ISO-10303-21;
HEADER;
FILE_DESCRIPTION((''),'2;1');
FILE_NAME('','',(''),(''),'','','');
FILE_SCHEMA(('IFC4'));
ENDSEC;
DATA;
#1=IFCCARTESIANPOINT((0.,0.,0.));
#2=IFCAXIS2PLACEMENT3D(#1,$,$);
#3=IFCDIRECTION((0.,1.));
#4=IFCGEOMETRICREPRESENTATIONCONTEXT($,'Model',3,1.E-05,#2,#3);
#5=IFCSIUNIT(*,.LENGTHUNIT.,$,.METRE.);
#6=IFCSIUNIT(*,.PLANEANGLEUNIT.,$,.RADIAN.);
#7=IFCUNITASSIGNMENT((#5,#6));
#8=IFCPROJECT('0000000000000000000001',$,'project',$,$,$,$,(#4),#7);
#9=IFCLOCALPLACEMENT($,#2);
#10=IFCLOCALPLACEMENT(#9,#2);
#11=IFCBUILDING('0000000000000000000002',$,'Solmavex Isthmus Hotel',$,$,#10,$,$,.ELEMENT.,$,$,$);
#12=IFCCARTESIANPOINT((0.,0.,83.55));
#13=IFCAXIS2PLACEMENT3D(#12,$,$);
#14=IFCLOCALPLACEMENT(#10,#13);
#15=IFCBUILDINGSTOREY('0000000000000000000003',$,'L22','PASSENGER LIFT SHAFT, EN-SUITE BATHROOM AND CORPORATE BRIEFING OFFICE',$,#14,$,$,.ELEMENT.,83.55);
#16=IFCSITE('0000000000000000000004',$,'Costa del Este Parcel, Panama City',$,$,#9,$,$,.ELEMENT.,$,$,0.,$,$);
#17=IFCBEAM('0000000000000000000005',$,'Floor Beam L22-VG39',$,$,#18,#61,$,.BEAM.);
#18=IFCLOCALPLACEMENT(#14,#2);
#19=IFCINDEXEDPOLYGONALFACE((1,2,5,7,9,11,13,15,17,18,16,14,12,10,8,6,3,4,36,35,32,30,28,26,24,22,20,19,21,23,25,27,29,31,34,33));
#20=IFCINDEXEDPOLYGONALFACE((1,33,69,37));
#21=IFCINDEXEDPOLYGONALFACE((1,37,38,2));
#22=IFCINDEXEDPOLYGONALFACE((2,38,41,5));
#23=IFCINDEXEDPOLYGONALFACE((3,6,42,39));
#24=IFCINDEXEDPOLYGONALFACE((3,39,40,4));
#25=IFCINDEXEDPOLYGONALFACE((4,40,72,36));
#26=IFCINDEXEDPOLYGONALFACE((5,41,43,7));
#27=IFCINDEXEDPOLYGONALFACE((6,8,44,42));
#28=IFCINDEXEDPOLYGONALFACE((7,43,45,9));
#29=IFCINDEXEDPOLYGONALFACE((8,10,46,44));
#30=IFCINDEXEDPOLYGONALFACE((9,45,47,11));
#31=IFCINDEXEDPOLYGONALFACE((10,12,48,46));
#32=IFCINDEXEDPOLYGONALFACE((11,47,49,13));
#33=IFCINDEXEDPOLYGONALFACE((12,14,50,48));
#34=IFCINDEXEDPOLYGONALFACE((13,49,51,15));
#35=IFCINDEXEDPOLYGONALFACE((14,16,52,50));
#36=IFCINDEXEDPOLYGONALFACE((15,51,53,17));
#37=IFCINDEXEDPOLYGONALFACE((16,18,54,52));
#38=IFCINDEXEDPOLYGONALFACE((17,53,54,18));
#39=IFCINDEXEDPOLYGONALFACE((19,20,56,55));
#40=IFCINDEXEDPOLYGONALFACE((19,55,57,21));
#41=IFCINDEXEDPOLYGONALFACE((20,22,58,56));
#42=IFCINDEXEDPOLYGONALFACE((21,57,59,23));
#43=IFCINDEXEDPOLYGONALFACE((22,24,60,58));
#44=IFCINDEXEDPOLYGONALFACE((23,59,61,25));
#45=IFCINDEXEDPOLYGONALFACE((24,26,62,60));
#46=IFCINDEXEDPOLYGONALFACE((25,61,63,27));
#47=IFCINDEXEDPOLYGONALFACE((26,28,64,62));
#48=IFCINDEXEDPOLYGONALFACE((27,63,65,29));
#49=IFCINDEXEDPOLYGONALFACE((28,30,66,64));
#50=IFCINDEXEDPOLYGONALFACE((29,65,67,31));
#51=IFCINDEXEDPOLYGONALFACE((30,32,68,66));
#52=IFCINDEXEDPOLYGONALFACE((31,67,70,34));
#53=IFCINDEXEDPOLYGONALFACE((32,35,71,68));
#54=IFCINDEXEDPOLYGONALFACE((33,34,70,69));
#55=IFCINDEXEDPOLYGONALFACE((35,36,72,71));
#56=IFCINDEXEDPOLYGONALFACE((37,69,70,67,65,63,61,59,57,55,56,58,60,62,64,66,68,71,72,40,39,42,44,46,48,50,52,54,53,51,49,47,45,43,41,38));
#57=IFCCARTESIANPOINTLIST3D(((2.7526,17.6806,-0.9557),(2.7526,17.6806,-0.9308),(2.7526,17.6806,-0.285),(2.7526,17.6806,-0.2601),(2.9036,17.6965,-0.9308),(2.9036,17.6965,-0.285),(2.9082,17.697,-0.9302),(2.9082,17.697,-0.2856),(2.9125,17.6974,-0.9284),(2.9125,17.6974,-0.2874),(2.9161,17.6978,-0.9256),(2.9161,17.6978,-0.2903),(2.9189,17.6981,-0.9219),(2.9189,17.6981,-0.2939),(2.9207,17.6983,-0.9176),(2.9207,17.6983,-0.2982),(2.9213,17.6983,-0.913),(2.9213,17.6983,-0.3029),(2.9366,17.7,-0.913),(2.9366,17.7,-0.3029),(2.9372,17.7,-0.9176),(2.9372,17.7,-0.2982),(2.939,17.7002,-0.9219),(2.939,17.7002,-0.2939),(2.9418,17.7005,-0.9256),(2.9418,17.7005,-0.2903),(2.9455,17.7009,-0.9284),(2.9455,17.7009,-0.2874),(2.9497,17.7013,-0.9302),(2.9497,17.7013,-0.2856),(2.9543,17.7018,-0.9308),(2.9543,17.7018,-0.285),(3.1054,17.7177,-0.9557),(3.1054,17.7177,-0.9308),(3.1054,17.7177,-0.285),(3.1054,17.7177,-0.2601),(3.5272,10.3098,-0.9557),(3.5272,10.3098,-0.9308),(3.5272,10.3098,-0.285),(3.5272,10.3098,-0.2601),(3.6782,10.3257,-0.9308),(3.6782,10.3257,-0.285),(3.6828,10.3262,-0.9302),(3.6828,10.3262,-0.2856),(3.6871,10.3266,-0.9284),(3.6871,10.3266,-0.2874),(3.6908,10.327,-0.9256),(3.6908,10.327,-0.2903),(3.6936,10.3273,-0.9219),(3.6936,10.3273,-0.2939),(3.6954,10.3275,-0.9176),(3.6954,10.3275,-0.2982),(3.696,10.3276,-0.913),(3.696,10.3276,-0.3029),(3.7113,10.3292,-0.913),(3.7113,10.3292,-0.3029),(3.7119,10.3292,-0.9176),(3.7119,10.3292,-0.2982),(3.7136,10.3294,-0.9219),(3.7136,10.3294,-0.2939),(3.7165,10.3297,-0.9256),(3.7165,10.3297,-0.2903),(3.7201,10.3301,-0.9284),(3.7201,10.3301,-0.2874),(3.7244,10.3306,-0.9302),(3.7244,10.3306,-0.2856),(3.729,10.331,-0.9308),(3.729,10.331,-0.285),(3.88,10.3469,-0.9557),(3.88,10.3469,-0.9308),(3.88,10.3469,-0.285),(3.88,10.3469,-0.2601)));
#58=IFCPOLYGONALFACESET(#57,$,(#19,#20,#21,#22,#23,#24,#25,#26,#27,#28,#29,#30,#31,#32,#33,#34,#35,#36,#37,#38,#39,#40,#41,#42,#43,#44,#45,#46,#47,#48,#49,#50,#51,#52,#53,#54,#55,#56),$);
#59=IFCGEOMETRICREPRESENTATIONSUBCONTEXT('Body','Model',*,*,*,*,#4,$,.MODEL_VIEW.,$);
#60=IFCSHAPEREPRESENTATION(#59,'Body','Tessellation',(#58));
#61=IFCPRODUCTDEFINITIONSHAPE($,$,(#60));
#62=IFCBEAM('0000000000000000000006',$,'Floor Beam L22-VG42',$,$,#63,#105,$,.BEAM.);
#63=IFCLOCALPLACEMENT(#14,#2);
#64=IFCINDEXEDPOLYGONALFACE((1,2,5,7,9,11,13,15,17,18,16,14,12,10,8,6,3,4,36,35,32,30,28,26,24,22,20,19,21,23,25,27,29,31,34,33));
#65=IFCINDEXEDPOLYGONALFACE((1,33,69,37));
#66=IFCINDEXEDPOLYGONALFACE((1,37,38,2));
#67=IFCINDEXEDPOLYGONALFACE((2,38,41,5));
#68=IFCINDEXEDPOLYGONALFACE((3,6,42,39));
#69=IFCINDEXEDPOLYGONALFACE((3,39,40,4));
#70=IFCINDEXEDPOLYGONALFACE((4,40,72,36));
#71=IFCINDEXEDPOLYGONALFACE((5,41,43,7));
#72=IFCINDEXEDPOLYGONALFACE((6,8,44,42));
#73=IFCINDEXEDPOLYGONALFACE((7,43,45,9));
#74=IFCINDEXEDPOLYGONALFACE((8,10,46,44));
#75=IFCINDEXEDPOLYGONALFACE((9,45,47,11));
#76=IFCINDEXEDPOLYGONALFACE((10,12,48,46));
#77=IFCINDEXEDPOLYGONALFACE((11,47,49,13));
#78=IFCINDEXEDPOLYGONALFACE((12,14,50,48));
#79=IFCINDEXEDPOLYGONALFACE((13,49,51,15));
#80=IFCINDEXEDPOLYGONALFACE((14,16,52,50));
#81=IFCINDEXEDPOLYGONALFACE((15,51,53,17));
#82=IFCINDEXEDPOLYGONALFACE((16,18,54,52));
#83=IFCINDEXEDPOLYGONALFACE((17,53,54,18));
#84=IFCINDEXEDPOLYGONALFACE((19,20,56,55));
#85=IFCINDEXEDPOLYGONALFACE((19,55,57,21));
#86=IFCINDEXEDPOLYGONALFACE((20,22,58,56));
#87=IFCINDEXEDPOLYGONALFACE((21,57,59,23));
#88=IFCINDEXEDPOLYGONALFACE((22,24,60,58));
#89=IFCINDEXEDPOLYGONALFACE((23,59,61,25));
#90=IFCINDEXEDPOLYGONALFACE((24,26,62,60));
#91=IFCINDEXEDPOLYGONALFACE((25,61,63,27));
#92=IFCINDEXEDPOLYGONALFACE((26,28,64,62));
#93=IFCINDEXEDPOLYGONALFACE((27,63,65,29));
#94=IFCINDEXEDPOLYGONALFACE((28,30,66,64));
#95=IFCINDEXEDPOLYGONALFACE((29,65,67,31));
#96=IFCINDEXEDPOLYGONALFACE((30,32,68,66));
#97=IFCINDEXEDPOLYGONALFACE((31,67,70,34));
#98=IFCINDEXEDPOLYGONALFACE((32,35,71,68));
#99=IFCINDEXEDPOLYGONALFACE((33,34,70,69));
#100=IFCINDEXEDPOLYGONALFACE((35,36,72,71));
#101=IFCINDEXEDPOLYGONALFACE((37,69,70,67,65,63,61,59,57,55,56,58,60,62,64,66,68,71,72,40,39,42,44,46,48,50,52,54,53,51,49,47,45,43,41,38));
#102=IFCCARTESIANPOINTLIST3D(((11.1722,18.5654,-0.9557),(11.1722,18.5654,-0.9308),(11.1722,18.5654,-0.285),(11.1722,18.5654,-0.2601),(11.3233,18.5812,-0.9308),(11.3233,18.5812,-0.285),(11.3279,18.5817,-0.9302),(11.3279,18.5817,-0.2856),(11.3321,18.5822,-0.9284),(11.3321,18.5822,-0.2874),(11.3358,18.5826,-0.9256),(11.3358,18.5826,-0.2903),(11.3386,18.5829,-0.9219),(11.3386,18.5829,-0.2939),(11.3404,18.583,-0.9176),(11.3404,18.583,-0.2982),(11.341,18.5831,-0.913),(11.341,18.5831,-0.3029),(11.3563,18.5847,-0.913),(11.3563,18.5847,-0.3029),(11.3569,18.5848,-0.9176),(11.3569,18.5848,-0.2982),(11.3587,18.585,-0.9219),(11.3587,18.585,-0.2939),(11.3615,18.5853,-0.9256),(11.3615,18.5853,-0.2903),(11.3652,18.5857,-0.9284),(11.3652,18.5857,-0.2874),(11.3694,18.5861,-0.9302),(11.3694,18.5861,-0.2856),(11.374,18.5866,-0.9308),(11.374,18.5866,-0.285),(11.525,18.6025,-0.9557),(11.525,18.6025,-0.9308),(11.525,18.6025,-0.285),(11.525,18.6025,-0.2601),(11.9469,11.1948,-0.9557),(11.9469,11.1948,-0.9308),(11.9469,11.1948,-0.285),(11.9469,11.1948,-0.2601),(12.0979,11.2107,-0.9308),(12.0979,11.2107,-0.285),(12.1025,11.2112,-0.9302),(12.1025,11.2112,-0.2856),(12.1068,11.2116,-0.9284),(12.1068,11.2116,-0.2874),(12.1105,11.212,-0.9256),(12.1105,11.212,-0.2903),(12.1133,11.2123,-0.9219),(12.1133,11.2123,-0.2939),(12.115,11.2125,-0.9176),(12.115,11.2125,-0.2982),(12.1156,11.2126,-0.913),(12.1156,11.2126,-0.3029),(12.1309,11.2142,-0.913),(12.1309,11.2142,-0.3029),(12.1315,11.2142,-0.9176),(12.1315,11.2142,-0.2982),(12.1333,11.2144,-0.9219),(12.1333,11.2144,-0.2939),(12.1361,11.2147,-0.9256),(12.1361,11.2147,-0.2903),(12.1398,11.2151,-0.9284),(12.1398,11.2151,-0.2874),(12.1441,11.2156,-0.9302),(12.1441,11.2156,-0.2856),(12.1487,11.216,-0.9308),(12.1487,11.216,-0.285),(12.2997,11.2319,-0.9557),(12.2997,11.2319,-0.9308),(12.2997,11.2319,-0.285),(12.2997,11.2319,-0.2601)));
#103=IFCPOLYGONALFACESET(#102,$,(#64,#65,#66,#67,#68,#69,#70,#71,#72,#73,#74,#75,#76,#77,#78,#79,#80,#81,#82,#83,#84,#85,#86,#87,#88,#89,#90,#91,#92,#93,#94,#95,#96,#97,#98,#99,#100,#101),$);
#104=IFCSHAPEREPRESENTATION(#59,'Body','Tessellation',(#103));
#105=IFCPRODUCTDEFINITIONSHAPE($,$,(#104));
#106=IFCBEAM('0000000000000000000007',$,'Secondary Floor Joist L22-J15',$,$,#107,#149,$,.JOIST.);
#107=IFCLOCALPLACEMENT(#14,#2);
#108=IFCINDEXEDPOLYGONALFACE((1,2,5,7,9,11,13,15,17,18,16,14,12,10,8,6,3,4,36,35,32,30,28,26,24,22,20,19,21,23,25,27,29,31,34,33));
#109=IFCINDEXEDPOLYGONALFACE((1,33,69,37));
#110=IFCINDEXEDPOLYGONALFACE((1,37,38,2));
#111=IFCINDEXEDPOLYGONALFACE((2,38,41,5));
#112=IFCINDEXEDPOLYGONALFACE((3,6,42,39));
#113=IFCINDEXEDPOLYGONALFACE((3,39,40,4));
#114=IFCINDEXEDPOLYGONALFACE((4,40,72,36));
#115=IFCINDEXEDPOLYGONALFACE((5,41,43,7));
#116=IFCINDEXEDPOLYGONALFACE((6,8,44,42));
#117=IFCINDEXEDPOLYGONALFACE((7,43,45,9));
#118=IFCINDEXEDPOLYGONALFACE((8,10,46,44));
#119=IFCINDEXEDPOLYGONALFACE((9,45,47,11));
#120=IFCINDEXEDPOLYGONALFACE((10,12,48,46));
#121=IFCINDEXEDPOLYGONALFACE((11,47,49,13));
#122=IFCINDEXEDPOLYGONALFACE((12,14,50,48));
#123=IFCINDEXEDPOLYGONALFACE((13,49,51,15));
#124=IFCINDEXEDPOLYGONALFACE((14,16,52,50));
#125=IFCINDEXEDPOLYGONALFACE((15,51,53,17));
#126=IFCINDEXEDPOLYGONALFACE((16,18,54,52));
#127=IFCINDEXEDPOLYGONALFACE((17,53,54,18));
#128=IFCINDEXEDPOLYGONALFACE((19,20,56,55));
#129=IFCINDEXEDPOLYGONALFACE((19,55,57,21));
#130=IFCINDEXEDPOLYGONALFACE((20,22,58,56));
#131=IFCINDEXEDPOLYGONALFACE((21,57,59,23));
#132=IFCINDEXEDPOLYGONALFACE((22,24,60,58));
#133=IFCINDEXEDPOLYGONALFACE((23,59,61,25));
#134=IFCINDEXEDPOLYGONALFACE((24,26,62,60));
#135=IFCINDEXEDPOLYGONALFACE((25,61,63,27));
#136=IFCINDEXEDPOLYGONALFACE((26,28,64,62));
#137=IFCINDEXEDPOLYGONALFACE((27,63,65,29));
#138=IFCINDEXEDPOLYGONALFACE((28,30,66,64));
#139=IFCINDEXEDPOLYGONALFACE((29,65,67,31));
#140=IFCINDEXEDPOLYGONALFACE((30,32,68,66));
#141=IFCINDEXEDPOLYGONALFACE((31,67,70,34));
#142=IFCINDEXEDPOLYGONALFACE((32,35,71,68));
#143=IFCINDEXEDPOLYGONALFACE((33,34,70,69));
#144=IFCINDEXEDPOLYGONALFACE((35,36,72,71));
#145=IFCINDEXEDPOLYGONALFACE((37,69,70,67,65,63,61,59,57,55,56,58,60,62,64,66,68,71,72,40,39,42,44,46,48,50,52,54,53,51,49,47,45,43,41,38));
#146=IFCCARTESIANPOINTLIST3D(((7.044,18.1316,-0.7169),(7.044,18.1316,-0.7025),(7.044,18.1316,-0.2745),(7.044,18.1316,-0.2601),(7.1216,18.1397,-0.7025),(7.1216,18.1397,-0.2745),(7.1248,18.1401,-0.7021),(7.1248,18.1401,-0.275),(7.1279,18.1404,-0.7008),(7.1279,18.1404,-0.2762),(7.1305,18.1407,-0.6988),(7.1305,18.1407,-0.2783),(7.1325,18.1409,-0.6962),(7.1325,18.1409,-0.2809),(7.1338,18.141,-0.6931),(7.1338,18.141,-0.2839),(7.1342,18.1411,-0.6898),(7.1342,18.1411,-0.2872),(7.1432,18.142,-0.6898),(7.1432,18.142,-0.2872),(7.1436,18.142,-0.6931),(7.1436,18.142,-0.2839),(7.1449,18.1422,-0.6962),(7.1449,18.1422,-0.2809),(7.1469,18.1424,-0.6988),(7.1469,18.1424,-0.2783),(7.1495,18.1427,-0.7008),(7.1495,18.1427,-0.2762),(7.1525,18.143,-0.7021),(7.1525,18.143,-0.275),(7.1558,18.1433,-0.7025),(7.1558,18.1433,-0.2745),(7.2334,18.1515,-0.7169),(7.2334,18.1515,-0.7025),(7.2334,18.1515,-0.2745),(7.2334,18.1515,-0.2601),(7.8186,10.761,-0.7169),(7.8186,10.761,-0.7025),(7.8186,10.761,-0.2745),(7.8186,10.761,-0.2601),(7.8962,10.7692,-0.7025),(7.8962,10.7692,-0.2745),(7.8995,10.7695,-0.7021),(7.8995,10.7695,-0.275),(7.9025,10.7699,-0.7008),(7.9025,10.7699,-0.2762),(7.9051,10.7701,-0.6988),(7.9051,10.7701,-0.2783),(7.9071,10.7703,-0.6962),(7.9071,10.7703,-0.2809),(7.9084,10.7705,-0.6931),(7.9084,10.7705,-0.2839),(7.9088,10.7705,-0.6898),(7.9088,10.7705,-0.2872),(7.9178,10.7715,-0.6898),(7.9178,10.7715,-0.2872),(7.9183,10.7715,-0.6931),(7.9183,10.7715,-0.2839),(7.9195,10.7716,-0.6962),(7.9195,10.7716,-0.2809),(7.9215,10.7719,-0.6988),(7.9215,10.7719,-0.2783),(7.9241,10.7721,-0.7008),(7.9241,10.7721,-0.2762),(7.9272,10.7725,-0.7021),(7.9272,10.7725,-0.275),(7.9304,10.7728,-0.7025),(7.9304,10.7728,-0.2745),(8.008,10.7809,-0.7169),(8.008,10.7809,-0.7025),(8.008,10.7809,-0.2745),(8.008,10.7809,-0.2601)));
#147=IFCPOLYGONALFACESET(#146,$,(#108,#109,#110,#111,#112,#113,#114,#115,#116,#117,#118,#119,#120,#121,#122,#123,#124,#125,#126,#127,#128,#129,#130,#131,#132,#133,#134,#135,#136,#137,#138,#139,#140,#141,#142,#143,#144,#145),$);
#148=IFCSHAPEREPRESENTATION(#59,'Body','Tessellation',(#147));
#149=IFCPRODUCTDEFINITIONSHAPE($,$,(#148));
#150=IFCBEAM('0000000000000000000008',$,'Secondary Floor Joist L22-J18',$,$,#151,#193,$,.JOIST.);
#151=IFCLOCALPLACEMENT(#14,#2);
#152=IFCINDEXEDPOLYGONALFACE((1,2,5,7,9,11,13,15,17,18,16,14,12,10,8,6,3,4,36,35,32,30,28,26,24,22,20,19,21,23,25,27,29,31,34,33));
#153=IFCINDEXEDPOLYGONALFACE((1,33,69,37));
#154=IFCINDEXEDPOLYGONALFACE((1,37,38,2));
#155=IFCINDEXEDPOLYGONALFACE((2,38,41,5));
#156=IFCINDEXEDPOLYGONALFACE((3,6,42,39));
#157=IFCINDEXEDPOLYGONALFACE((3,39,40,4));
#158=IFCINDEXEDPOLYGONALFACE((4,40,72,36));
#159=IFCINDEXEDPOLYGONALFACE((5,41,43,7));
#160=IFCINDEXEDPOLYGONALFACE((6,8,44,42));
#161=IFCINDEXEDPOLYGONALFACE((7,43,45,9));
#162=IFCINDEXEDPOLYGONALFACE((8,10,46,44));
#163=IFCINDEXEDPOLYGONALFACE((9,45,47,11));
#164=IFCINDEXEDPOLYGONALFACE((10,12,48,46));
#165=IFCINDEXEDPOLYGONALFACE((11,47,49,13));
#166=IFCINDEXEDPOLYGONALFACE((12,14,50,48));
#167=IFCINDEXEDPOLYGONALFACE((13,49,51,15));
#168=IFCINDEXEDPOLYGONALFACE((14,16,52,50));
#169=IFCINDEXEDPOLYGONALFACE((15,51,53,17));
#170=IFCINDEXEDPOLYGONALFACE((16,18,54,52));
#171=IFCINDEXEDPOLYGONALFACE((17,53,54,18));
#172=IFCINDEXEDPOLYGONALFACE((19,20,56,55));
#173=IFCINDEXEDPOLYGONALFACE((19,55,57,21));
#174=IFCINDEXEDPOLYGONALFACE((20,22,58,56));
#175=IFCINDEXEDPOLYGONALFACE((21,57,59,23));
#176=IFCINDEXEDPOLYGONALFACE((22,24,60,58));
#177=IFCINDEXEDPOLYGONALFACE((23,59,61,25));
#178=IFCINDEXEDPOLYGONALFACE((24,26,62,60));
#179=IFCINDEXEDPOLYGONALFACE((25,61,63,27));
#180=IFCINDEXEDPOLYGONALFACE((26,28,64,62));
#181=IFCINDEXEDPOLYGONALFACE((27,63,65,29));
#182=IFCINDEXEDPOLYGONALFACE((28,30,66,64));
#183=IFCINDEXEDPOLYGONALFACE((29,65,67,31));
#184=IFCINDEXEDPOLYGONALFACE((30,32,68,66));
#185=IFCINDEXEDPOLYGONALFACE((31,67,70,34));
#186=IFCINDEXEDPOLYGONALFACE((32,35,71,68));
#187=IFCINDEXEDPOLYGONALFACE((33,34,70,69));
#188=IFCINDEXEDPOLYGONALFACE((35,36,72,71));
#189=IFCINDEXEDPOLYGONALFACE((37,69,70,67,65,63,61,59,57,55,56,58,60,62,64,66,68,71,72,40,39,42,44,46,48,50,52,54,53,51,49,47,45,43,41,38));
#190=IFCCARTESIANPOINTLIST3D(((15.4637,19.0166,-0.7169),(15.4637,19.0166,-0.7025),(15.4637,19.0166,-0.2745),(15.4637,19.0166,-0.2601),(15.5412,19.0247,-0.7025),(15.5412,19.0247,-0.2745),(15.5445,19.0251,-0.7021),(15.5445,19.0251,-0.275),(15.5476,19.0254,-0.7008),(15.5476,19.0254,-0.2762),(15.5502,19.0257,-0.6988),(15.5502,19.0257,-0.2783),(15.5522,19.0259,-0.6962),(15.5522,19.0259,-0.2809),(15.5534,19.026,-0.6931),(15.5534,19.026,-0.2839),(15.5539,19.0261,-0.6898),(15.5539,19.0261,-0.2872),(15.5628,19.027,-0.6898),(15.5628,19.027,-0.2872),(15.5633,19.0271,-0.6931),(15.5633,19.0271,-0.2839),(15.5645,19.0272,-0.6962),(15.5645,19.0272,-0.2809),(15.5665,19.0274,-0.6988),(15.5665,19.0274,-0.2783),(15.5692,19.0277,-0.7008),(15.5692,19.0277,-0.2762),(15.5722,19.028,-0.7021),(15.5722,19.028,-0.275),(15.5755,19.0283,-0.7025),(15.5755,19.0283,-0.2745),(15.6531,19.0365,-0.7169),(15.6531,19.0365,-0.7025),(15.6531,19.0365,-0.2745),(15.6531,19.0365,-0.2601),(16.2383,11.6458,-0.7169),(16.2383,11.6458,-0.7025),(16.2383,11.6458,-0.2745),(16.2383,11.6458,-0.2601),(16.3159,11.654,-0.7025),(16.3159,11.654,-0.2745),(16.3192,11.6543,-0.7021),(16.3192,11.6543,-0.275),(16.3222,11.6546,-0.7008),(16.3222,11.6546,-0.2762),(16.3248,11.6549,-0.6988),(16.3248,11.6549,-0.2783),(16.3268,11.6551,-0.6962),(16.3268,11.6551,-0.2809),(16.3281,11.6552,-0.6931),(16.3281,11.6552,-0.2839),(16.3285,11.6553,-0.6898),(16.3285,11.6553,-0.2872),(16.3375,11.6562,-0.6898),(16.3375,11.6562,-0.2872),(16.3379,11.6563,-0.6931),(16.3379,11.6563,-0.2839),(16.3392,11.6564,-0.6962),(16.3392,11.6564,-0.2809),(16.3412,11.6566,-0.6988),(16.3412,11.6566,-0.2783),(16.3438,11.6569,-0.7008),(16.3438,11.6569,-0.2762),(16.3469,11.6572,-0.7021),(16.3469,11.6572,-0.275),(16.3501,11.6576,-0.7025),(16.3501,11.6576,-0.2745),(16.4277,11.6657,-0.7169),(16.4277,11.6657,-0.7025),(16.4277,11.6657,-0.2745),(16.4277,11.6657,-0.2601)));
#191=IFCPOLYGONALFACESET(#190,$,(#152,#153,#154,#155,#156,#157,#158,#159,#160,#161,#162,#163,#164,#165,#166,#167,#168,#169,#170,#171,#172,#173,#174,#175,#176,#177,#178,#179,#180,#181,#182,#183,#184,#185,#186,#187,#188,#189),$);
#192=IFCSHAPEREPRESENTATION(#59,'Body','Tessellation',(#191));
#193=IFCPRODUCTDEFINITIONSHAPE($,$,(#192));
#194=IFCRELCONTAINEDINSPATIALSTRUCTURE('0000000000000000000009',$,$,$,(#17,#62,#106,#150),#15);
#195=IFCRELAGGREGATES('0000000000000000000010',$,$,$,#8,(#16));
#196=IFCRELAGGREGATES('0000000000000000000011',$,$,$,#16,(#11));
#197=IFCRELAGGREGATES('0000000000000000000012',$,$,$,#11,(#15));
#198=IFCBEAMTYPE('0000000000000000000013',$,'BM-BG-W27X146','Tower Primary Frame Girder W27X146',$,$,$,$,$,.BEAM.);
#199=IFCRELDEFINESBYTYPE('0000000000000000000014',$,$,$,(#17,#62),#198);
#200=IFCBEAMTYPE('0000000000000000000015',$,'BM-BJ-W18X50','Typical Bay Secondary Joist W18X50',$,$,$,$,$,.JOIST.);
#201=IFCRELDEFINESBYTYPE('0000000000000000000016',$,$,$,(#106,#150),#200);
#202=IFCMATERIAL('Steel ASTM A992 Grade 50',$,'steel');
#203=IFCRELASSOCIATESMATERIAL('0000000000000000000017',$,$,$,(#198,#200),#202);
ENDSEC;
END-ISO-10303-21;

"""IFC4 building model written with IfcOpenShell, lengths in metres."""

from ifc_helpers import new_model, si_unit, direction, frame, origin, origin_2d, place, context, subcontext, project, spatial, i_section, extrude, material, material_profile, profile_set, type_object, element, save


model = new_model("IFC4")

# Units and contexts
model_context = context("Model", 3, precision=1e-05, world=origin(), true_north=direction((0.0, 1.0)))
body_context = subcontext(model_context, "Body", "Model", "MODEL_VIEW")
ifc_project = project(units=[si_unit("LENGTHUNIT", "METRE"), si_unit("PLANEANGLEUNIT", "RADIAN")], contexts=[model_context])

# Site, building, storey
site_placement = place(None, origin())
site = spatial("IfcSite", under=ifc_project, at=site_placement, Name="Costa del Este Parcel, Panama City", CompositionType="ELEMENT", RefElevation=0.0)
building_placement = place(site_placement, origin())
building = spatial("IfcBuilding", under=site, at=building_placement, Name="Solmavex Isthmus Hotel", CompositionType="ELEMENT")
storey_placement = place(building_placement, frame((0.0, 0.0, 83.55)))
storey = spatial("IfcBuildingStorey", under=building, at=storey_placement, Name="L22", Description="PASSENGER LIFT SHAFT, EN-SUITE BATHROOM AND CORPORATE BRIEFING OFFICE", CompositionType="ELEMENT", Elevation=83.55)

# Beams
ifc_material_1 = material(Name="Steel ASTM A992 Grade 50", Category="steel")
ifc_material_profile_1 = material_profile(ifc_material_1, i_section(OverallWidth=0.3547, OverallDepth=0.6956, WebThickness=0.0154, FlangeThickness=0.0249, FilletRadius=0.0178, at=origin_2d()), Name="W27X146")
ifc_profile_set_1 = profile_set([ifc_material_profile_1], Name="Steel ASTM A992 Grade 50")
beam_type_1 = type_object("IfcBeamType", Name="BM-BG-W27X146", Description="Tower Primary Frame Girder W27X146", PredefinedType="BEAM", material=ifc_profile_set_1)
beam_1_placement = place(storey_placement, frame((3.7036, 10.3284, -0.6079), z_axis=(-0.104522, 0.994523, 0.0), x_axis=(-0.994523, -0.104522, 0.0)))
element("IfcBeam", 1, at=beam_1_placement, inside=storey, type_object=beam_type_1, Name="Floor Beam L22-VG39", PredefinedType="BEAM", context=body_context, shape_type="SweptSolid", body=[
    extrude(i_section(OverallWidth=0.3547, OverallDepth=0.6956, WebThickness=0.0154, FlangeThickness=0.0249, FilletRadius=0.0178, at=origin_2d()), origin(), (0.0, 0.0, 1.0), 7.4114),
])
beam_2_placement = place(storey_placement, frame((12.1233, 11.2134, -0.6079), z_axis=(-0.104525, 0.994522, 0.0), x_axis=(-0.994522, -0.104525, 0.0)))
element("IfcBeam", 2, at=beam_2_placement, inside=storey, type_object=beam_type_1, Name="Floor Beam L22-VG42", PredefinedType="BEAM", context=body_context, shape_type="SweptSolid", body=[
    extrude(i_section(OverallWidth=0.3547, OverallDepth=0.6956, WebThickness=0.0154, FlangeThickness=0.0249, FilletRadius=0.0178, at=origin_2d()), origin(), (0.0, 0.0, 1.0), 7.4111),
])
ifc_material_profile_2 = material_profile(ifc_material_1, i_section(OverallWidth=0.1904, OverallDepth=0.4568, WebThickness=0.009, FlangeThickness=0.0144, FilletRadius=0.0127, at=origin_2d()), Name="W18X50")
ifc_profile_set_2 = profile_set([ifc_material_profile_2], Name="Steel ASTM A992 Grade 50")
beam_type_2 = type_object("IfcBeamType", Name="BM-BJ-W18X50", Description="Typical Bay Secondary Joist W18X50", PredefinedType="JOIST", material=ifc_profile_set_2)
beam_3_placement = place(storey_placement, frame((7.9133, 10.771, -0.4885), z_axis=(-0.104525, 0.994522, 0.0), x_axis=(-0.994522, -0.104525, 0.0)))
element("IfcBeam", 3, at=beam_3_placement, inside=storey, type_object=beam_type_2, Name="Secondary Floor Joist L22-J15", PredefinedType="JOIST", context=body_context, shape_type="SweptSolid", body=[
    extrude(i_section(OverallWidth=0.1904, OverallDepth=0.4568, WebThickness=0.009, FlangeThickness=0.0144, FilletRadius=0.0127, at=origin_2d()), origin(), (0.0, 0.0, 1.0), 7.4111),
])
beam_4_placement = place(storey_placement, frame((16.333, 11.6558, -0.4885), z_axis=(-0.104522, 0.994523, 0.0), x_axis=(-0.994523, -0.104522, 0.0)))
element("IfcBeam", 4, at=beam_4_placement, inside=storey, type_object=beam_type_2, Name="Secondary Floor Joist L22-J18", PredefinedType="JOIST", context=body_context, shape_type="SweptSolid", body=[
    extrude(i_section(OverallWidth=0.1904, OverallDepth=0.4568, WebThickness=0.009, FlangeThickness=0.0144, FilletRadius=0.0127, at=origin_2d()), origin(), (0.0, 0.0, 1.0), 7.4114),
])

save(model, "model.ifc")
